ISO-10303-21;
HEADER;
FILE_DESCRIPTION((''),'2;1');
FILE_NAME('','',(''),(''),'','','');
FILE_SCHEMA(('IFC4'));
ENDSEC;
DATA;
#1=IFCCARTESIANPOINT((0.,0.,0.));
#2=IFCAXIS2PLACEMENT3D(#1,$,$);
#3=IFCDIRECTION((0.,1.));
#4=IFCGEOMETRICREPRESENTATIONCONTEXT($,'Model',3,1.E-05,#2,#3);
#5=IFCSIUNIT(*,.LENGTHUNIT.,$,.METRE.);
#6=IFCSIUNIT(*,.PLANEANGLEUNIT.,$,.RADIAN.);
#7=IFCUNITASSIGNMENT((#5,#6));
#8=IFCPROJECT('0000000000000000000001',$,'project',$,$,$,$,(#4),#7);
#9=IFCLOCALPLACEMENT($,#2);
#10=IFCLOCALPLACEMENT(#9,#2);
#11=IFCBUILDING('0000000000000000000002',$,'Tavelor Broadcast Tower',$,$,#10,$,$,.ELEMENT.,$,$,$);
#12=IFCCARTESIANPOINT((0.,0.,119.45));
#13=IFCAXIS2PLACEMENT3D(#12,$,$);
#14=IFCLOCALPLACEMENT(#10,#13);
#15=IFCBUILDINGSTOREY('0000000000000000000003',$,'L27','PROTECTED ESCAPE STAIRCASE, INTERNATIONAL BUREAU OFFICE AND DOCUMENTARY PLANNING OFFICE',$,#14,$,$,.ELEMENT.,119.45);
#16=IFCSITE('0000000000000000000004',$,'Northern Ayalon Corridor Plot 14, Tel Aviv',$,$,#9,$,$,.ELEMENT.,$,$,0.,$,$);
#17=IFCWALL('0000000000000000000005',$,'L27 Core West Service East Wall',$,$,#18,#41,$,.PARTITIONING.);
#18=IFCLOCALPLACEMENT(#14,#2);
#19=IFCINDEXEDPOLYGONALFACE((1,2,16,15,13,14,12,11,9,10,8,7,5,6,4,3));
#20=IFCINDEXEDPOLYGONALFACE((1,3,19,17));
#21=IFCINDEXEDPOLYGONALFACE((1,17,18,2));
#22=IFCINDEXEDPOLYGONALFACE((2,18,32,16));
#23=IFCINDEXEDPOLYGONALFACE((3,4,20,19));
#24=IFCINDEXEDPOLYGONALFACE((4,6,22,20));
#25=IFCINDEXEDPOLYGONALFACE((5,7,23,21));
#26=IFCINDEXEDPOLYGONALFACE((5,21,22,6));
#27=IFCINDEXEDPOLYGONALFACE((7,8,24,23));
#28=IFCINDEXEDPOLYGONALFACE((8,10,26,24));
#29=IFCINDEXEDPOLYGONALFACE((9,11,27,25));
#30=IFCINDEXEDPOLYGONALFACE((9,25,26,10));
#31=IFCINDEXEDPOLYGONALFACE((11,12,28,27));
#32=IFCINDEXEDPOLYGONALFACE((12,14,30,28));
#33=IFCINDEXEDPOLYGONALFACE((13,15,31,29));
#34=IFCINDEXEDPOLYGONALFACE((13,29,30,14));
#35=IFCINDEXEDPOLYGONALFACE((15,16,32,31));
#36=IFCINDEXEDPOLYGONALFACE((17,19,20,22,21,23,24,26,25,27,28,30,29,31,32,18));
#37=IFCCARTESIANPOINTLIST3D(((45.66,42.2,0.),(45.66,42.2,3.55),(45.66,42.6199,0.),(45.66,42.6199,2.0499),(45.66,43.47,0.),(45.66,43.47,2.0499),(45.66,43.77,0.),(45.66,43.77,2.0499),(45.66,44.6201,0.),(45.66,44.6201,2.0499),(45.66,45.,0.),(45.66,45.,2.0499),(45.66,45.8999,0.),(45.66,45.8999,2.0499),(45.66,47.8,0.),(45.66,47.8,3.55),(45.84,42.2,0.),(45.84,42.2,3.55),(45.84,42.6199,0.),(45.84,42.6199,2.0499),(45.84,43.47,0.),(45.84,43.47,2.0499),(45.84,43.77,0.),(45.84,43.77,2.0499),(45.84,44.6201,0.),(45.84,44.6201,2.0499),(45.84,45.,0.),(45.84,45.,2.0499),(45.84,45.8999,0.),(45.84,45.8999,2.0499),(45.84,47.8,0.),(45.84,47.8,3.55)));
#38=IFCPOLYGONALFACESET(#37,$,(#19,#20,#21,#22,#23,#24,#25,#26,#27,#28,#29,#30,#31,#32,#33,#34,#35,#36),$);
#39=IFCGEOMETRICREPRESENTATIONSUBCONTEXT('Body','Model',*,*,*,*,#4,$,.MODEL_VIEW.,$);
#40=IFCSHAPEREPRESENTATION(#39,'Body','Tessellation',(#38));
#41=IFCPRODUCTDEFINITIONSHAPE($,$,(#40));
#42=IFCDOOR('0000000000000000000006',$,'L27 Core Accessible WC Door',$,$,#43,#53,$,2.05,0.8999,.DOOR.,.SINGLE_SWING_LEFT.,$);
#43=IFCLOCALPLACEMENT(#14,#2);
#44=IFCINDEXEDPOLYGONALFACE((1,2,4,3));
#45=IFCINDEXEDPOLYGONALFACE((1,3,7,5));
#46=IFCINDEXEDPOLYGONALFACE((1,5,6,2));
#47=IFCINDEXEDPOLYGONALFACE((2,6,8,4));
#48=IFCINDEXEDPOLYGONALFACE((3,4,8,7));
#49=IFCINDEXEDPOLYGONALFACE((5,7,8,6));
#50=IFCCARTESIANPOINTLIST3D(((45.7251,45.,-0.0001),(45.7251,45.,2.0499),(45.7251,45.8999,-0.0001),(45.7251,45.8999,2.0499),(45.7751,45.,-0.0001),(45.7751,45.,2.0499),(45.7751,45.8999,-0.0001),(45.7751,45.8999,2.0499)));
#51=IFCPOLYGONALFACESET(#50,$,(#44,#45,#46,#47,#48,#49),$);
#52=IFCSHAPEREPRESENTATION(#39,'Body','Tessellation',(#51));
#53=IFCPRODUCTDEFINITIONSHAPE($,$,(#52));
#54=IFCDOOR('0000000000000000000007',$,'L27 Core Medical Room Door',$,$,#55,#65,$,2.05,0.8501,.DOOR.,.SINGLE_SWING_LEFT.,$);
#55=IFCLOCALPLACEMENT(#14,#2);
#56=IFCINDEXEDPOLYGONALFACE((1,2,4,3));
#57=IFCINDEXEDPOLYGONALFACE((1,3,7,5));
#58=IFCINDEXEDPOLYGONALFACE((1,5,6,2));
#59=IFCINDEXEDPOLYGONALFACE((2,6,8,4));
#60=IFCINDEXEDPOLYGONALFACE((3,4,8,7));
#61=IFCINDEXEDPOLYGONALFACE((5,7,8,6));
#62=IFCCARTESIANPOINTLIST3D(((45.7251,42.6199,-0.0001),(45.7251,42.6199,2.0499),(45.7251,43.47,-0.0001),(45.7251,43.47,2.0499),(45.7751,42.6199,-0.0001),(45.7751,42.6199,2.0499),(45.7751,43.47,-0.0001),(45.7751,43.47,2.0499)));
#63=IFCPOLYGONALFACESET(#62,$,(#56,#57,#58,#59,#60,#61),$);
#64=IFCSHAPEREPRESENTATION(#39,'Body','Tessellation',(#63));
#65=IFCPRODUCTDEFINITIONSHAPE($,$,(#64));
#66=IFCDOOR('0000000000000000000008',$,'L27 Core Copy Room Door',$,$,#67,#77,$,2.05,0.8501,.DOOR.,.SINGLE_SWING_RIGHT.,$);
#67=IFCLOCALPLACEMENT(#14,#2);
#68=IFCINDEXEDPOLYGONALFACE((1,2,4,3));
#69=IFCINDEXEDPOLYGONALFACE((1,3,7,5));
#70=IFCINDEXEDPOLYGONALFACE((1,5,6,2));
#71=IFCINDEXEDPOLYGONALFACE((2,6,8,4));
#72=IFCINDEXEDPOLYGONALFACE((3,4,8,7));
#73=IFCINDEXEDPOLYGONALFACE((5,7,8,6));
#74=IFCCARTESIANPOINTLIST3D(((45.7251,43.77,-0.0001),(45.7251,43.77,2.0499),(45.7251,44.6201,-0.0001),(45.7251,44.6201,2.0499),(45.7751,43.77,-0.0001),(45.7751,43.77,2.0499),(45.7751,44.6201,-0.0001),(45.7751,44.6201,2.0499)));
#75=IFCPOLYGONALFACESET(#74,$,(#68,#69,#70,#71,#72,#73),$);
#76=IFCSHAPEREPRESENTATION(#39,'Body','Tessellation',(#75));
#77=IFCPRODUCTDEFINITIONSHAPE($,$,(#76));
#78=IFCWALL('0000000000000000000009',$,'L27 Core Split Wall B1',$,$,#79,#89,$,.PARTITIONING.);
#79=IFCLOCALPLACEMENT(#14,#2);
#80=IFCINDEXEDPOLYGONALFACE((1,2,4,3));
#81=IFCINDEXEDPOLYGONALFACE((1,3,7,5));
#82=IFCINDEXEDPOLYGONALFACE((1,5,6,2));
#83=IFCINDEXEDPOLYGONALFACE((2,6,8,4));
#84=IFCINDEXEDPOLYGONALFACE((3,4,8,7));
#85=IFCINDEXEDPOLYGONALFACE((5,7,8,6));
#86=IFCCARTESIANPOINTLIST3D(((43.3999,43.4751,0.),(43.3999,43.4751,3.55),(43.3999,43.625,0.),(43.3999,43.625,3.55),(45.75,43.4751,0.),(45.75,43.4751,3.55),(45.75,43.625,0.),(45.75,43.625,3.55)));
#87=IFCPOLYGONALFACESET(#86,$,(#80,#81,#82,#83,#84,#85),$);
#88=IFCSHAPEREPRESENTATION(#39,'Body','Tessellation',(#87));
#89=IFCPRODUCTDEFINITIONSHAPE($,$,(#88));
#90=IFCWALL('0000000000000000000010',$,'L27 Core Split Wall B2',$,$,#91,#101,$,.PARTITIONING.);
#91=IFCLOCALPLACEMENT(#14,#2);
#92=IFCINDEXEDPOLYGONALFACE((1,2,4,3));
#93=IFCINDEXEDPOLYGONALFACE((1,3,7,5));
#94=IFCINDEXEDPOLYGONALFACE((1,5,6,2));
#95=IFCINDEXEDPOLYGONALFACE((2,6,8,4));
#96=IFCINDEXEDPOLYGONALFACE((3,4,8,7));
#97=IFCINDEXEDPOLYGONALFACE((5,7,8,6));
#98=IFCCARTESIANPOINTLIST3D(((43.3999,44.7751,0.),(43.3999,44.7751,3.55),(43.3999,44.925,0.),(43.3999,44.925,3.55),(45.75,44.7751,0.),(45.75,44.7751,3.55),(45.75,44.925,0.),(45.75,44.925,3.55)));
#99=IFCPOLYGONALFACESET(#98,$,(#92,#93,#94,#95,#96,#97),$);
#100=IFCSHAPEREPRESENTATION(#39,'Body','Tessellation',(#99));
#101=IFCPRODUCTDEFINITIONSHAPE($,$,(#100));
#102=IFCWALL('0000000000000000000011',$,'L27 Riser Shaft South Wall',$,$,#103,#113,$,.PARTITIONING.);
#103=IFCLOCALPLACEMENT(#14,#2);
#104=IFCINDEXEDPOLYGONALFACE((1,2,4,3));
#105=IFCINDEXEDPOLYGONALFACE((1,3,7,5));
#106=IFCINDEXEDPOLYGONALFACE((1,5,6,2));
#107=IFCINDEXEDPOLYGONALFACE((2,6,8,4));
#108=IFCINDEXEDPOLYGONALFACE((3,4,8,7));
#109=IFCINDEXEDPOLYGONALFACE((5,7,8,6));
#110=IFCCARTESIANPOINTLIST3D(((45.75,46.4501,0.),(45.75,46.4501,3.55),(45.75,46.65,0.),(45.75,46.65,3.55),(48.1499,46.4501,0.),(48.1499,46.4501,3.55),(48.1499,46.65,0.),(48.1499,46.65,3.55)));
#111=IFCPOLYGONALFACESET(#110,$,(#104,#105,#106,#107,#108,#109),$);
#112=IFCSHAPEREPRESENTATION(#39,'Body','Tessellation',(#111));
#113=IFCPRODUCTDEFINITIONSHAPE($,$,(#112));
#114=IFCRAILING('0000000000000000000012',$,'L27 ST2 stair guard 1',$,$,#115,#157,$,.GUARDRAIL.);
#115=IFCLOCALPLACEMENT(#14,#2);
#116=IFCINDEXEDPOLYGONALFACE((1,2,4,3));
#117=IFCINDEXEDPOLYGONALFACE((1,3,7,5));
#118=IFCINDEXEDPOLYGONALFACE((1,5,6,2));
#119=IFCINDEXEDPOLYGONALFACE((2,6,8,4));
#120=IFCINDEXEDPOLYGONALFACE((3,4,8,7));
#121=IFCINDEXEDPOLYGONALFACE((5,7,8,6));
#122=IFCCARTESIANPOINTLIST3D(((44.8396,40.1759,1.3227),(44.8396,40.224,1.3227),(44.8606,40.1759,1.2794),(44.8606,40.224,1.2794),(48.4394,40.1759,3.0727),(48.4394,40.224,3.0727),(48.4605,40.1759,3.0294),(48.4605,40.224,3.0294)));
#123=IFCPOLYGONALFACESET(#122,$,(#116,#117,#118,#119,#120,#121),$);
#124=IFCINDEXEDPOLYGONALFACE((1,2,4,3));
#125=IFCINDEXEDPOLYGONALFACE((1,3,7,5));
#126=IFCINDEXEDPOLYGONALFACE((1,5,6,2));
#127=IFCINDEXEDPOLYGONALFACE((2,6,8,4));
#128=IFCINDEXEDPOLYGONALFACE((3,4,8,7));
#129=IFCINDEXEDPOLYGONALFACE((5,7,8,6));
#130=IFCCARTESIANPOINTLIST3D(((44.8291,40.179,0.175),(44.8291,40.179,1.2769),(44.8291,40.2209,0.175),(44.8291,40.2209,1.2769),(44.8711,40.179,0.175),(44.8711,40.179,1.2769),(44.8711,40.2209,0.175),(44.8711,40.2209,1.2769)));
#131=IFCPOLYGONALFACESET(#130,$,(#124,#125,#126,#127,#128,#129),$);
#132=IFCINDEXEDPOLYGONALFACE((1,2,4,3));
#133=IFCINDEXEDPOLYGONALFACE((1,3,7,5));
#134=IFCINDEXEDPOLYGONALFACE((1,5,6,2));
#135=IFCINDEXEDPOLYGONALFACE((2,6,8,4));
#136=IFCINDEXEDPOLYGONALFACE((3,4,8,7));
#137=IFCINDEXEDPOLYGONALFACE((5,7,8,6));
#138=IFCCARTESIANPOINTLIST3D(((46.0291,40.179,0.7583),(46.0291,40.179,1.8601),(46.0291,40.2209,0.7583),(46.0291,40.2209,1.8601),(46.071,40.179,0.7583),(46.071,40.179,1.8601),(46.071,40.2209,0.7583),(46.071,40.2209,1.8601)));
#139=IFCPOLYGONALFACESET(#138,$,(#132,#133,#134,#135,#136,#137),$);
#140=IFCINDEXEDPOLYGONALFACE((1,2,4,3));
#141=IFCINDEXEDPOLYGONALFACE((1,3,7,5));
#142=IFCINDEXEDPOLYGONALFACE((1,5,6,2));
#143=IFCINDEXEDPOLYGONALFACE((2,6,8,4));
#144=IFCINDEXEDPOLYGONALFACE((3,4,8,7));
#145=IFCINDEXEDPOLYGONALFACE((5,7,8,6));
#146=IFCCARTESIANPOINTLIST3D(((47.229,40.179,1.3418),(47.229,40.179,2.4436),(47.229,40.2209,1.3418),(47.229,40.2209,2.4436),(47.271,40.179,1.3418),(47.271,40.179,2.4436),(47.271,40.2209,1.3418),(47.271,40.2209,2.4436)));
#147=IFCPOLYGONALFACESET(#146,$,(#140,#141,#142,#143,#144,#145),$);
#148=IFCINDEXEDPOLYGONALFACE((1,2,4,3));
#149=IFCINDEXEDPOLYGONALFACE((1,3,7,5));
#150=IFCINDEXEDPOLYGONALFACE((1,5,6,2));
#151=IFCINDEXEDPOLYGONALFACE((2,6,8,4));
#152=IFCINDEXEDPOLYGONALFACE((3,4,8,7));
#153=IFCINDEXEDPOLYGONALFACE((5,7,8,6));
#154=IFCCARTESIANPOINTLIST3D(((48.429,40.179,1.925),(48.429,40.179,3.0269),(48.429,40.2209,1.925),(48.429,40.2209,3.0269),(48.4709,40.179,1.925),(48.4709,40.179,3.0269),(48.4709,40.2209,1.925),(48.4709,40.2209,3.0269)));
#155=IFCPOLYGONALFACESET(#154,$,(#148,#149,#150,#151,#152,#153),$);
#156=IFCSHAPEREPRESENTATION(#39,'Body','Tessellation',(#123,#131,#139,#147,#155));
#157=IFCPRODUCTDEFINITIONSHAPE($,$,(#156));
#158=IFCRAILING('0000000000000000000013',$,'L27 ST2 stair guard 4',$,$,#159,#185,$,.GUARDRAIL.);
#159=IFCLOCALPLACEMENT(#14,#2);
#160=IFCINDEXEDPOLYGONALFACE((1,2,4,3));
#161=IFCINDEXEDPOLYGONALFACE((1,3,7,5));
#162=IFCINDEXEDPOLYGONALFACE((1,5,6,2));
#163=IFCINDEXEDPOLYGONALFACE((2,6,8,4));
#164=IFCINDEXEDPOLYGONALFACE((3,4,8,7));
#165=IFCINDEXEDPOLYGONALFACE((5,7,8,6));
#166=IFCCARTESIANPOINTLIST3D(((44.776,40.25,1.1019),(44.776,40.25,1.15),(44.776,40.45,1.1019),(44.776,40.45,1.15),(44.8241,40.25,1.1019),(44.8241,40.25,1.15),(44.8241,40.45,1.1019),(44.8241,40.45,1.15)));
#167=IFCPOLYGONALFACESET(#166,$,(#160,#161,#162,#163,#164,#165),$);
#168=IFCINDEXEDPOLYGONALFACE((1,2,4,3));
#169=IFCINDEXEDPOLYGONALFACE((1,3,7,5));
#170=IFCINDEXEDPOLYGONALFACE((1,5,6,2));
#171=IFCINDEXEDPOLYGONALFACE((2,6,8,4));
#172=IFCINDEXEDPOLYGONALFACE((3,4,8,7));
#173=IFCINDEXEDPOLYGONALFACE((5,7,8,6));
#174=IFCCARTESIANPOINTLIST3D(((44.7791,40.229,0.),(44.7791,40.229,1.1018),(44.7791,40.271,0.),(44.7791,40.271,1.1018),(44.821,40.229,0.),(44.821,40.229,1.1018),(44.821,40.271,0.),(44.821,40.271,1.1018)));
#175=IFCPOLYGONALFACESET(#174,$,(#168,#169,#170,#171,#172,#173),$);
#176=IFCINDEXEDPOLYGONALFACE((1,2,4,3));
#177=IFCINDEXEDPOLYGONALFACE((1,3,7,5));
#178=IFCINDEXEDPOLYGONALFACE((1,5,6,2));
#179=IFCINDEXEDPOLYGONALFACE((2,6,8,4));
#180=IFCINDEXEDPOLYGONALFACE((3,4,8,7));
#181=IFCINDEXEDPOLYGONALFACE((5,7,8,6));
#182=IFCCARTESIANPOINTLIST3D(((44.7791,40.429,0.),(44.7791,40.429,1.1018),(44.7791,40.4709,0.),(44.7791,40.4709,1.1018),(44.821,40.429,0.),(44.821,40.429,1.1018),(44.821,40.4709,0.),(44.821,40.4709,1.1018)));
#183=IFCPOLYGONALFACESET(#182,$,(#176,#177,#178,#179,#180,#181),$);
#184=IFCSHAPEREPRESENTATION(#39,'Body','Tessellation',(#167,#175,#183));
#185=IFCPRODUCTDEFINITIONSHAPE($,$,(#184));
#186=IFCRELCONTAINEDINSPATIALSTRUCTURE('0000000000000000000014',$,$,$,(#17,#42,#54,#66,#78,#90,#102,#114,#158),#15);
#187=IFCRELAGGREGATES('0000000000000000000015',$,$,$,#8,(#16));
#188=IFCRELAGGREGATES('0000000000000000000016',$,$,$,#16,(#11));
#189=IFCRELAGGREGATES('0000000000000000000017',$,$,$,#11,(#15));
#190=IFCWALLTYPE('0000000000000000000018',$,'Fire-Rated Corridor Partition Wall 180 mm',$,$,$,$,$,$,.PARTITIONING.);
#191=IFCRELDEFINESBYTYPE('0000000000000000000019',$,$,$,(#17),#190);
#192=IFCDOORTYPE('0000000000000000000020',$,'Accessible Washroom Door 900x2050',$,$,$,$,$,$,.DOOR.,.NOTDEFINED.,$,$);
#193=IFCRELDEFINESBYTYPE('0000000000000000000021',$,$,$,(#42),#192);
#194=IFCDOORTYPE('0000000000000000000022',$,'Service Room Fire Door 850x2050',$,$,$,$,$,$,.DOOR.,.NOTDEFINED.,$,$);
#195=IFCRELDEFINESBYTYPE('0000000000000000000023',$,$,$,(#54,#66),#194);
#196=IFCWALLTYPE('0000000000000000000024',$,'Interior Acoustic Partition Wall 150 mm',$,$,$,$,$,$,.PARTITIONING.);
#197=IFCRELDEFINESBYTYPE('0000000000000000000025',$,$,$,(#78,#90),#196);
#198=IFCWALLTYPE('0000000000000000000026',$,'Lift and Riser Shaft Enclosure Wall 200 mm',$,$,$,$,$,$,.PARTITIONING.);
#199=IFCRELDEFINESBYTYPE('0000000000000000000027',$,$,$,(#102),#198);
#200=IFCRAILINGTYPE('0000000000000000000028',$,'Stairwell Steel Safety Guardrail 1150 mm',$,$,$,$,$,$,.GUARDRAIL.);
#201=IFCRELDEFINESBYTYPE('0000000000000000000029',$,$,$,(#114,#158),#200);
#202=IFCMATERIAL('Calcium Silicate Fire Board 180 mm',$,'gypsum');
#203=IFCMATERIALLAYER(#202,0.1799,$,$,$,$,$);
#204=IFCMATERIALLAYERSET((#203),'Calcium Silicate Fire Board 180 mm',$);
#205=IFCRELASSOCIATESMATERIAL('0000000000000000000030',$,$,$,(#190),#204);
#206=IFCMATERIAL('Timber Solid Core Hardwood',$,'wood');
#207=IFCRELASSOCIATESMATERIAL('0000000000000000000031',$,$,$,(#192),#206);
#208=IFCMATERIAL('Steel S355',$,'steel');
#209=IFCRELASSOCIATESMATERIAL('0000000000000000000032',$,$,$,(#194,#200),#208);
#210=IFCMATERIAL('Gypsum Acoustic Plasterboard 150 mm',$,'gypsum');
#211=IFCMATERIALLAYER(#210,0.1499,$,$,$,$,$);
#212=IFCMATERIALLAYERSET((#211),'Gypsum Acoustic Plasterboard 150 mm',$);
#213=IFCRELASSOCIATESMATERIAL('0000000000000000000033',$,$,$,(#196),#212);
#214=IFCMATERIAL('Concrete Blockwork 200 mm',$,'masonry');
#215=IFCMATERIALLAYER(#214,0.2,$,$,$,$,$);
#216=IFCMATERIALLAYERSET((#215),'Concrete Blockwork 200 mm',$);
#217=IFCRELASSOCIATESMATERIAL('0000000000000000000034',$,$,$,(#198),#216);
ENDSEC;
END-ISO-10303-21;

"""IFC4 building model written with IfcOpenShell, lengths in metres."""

from ifc_helpers import new_model, si_unit, direction, frame, frame_2d, origin, origin_2d, place, context, subcontext, project, spatial, rectangle, extrude, material, layer, layer_set, type_object, element, fill, save


model = new_model("IFC4")

# Units and contexts
model_context = context("Model", 3, precision=1e-05, world=origin(), true_north=direction((0.0, 1.0)))
body_context = subcontext(model_context, "Body", "Model", "MODEL_VIEW")
ifc_project = project(units=[si_unit("LENGTHUNIT", "METRE"), si_unit("PLANEANGLEUNIT", "RADIAN")], contexts=[model_context])

# Site, building, storey
site_placement = place(None, origin())
site = spatial("IfcSite", under=ifc_project, at=site_placement, Name="Northern Ayalon Corridor Plot 14, Tel Aviv", CompositionType="ELEMENT", RefElevation=0.0)
building_placement = place(site_placement, origin())
building = spatial("IfcBuilding", under=site, at=building_placement, Name="Tavelor Broadcast Tower", CompositionType="ELEMENT")
storey_placement = place(building_placement, frame((0.0, 0.0, 119.45)))
storey = spatial("IfcBuildingStorey", under=building, at=storey_placement, Name="L27", Description="PROTECTED ESCAPE STAIRCASE, INTERNATIONAL BUREAU OFFICE AND DOCUMENTARY PLANNING OFFICE", CompositionType="ELEMENT", Elevation=119.45)

# Shared definitions
ifc_material_1 = material(Name="Steel S355", Category="steel")

# Wall, openings, doors
ifc_material_2 = material(Name="Calcium Silicate Fire Board 180 mm", Category="gypsum")
ifc_layer_1 = layer(ifc_material_2, 0.1799)
ifc_layer_set_1 = layer_set([ifc_layer_1], Name="Calcium Silicate Fire Board 180 mm")
wall_type_1 = type_object("IfcWallType", Name="Fire-Rated Corridor Partition Wall 180 mm", PredefinedType="PARTITIONING", material=ifc_layer_set_1)
wall_1_placement = place(storey_placement, frame((45.75, 42.2, 0.0), z_axis=(0.0, 0.0, 1.0), x_axis=(0.0, 1.0, 0.0)))
wall_1 = element("IfcWall", 1, at=wall_1_placement, inside=storey, type_object=wall_type_1, Name="L27 Core West Service East Wall", PredefinedType="PARTITIONING", context=body_context, shape_type="SweptSolid", body=[
    extrude(rectangle(XDim=5.6001, YDim=0.1799, at=frame_2d((2.8, 0.0))), origin(), (0.0, 0.0, 1.0), 3.55),
])
opening_1_placement = place(wall_1_placement, frame((0.4199, 0.0, 0.0)))
opening_1 = element("IfcOpeningElement", 2, at=opening_1_placement, cuts=wall_1, PredefinedType="OPENING", context=body_context, shape_type="SweptSolid", body=[
    extrude(rectangle(XDim=0.8501, YDim=2.05, at=frame_2d((0.425, 1.0249))), frame((0.0, 0.1001, 0.0), z_axis=(0.0, -1.0, 0.0), x_axis=(1.0, 0.0, 0.0)), (0.0, 0.0, 1.0), 0.2),
])
opening_2_placement = place(wall_1_placement, frame((1.5701, 0.0, 0.0)))
opening_2 = element("IfcOpeningElement", 3, at=opening_2_placement, cuts=wall_1, PredefinedType="OPENING", context=body_context, shape_type="SweptSolid", body=[
    extrude(rectangle(XDim=0.8501, YDim=2.05, at=frame_2d((0.425, 1.0249))), frame((0.0, 0.1001, 0.0), z_axis=(0.0, -1.0, 0.0), x_axis=(1.0, 0.0, 0.0)), (0.0, 0.0, 1.0), 0.2),
])
opening_3_placement = place(wall_1_placement, frame((2.8, 0.0, 0.0)))
opening_3 = element("IfcOpeningElement", 4, at=opening_3_placement, cuts=wall_1, PredefinedType="OPENING", context=body_context, shape_type="SweptSolid", body=[
    extrude(rectangle(XDim=0.8999, YDim=2.05, at=frame_2d((0.45, 1.0249))), frame((0.0, 0.1001, 0.0), z_axis=(0.0, -1.0, 0.0), x_axis=(1.0, 0.0, 0.0)), (0.0, 0.0, 1.0), 0.2),
])
ifc_material_3 = material(Name="Timber Solid Core Hardwood", Category="wood")
door_type_1 = type_object("IfcDoorType", Name="Accessible Washroom Door 900x2050", OperationType="NOTDEFINED", PredefinedType="DOOR", material=ifc_material_3)
door_1_placement = place(opening_3_placement, origin())
door_1 = element("IfcDoor", 5, at=door_1_placement, inside=storey, type_object=door_type_1, Name="L27 Core Accessible WC Door", OperationType="SINGLE_SWING_LEFT", OverallHeight=2.05, OverallWidth=0.8999, PredefinedType="DOOR", context=body_context, shape_type="SweptSolid", body=[
    extrude(rectangle(XDim=0.8999, YDim=2.05, at=frame_2d((0.45, 1.0249))), frame((0.0, 0.0249, 0.0), z_axis=(0.0, -1.0, 0.0), x_axis=(1.0, 0.0, 0.0)), (0.0, 0.0, 1.0), 0.05),
])
fill(opening_3, door_1)
door_type_2 = type_object("IfcDoorType", Name="Service Room Fire Door 850x2050", OperationType="NOTDEFINED", PredefinedType="DOOR", material=ifc_material_1)
door_2_placement = place(opening_1_placement, origin())
door_2 = element("IfcDoor", 6, at=door_2_placement, inside=storey, type_object=door_type_2, Name="L27 Core Medical Room Door", OperationType="SINGLE_SWING_LEFT", OverallHeight=2.05, OverallWidth=0.8501, PredefinedType="DOOR", context=body_context, shape_type="SweptSolid", body=[
    extrude(rectangle(XDim=0.8501, YDim=2.05, at=frame_2d((0.425, 1.0249))), frame((0.0, 0.0249, 0.0), z_axis=(0.0, -1.0, 0.0), x_axis=(1.0, 0.0, 0.0)), (0.0, 0.0, 1.0), 0.05),
])
fill(opening_1, door_2)
door_3_placement = place(opening_2_placement, origin())
door_3 = element("IfcDoor", 7, at=door_3_placement, inside=storey, type_object=door_type_2, Name="L27 Core Copy Room Door", OperationType="SINGLE_SWING_RIGHT", OverallHeight=2.05, OverallWidth=0.8501, PredefinedType="DOOR", context=body_context, shape_type="SweptSolid", body=[
    extrude(rectangle(XDim=0.8501, YDim=2.05, at=frame_2d((0.425, 1.0249))), frame((0.0, 0.0249, 0.0), z_axis=(0.0, -1.0, 0.0), x_axis=(1.0, 0.0, 0.0)), (0.0, 0.0, 1.0), 0.05),
])
fill(opening_2, door_3)

# Walls
ifc_material_4 = material(Name="Gypsum Acoustic Plasterboard 150 mm", Category="gypsum")
ifc_layer_2 = layer(ifc_material_4, 0.1499)
ifc_layer_set_2 = layer_set([ifc_layer_2], Name="Gypsum Acoustic Plasterboard 150 mm")
wall_type_2 = type_object("IfcWallType", Name="Interior Acoustic Partition Wall 150 mm", PredefinedType="PARTITIONING", material=ifc_layer_set_2)
for number, where, z_axis, x_axis, name in (
    (8, (43.3999, 43.55, 0.0), (0.0, 0.0, 1.0), (1.0, 0.0, 0.0), "L27 Core Split Wall B1"),
    (9, (43.3999, 44.8501, 0.0), (0.0, 0.0, 1.0), (1.0, 0.0, 0.0), "L27 Core Split Wall B2"),
):
    element("IfcWall", number, at=place(storey_placement, frame(where, z_axis=z_axis, x_axis=x_axis)), inside=storey, type_object=wall_type_2, Name=name, PredefinedType="PARTITIONING", context=body_context, shape_type="SweptSolid", body=[
        extrude(rectangle(XDim=2.3501, YDim=0.1499, at=frame_2d((1.175, 0.0))), origin(), (0.0, 0.0, 1.0), 3.55),
    ])
ifc_material_5 = material(Name="Concrete Blockwork 200 mm", Category="masonry")
ifc_layer_3 = layer(ifc_material_5, 0.2)
ifc_layer_set_3 = layer_set([ifc_layer_3], Name="Concrete Blockwork 200 mm")
wall_type_3 = type_object("IfcWallType", Name="Lift and Riser Shaft Enclosure Wall 200 mm", PredefinedType="PARTITIONING", material=ifc_layer_set_3)
wall_2_placement = place(storey_placement, frame((45.75, 46.55, 0.0), z_axis=(0.0, 0.0, 1.0), x_axis=(1.0, 0.0, 0.0)))
element("IfcWall", 10, at=wall_2_placement, inside=storey, type_object=wall_type_3, Name="L27 Riser Shaft South Wall", PredefinedType="PARTITIONING", context=body_context, shape_type="SweptSolid", body=[
    extrude(rectangle(XDim=2.3999, YDim=0.2, at=frame_2d((1.2, 0.0))), origin(), (0.0, 0.0, 1.0), 3.55),
])

# Railings
railing_type = type_object("IfcRailingType", Name="Stairwell Steel Safety Guardrail 1150 mm", PredefinedType="GUARDRAIL", material=ifc_material_1)
railing_1_placement = place(storey_placement, frame((44.8501, 40.2, 0.175)))
element("IfcRailing", 11, at=railing_1_placement, inside=storey, type_object=railing_type, Name="L27 ST2 stair guard 1", PredefinedType="GUARDRAIL", context=body_context, shape_type="SweptSolid", body=[
    extrude(rectangle(XDim=0.0481, YDim=0.0481, at=origin_2d()), frame((0.0, 0.0, 1.126), z_axis=(0.899361, 0.0, 0.437207), x_axis=(0.0, 1.0, 0.0)), (0.0, 0.0, 1.0), 4.0027),
    extrude(rectangle(XDim=0.042, YDim=0.042, at=origin_2d()), origin(), (0.0, 0.0, 1.0), 1.1018),
    extrude(rectangle(XDim=0.042, YDim=0.042, at=origin_2d()), frame((1.2, 0.0, 0.5833)), (0.0, 0.0, 1.0), 1.1018),
    extrude(rectangle(XDim=0.042, YDim=0.042, at=origin_2d()), frame((2.3999, 0.0, 1.1667)), (0.0, 0.0, 1.0), 1.1018),
    extrude(rectangle(XDim=0.042, YDim=0.042, at=origin_2d()), frame((3.5999, 0.0, 1.75)), (0.0, 0.0, 1.0), 1.1018),
])
railing_2_placement = place(storey_placement, frame((44.8, 40.25, 0.0)))
element("IfcRailing", 12, at=railing_2_placement, inside=storey, type_object=railing_type, Name="L27 ST2 stair guard 4", PredefinedType="GUARDRAIL", context=body_context, shape_type="SweptSolid", body=[
    extrude(rectangle(XDim=0.0481, YDim=0.0481, at=origin_2d()), frame((0.0, 0.0, 1.126), z_axis=(0.0, 1.0, 0.0), x_axis=(-1.0, 0.0, 0.0)), (0.0, 0.0, 1.0), 0.2),
    extrude(rectangle(XDim=0.042, YDim=0.042, at=origin_2d()), origin(), (0.0, 0.0, 1.0), 1.1018),
    extrude(rectangle(XDim=0.042, YDim=0.042, at=origin_2d()), frame((0.0, 0.2, 0.0)), (0.0, 0.0, 1.0), 1.1018),
])

save(model, "model.ifc")
